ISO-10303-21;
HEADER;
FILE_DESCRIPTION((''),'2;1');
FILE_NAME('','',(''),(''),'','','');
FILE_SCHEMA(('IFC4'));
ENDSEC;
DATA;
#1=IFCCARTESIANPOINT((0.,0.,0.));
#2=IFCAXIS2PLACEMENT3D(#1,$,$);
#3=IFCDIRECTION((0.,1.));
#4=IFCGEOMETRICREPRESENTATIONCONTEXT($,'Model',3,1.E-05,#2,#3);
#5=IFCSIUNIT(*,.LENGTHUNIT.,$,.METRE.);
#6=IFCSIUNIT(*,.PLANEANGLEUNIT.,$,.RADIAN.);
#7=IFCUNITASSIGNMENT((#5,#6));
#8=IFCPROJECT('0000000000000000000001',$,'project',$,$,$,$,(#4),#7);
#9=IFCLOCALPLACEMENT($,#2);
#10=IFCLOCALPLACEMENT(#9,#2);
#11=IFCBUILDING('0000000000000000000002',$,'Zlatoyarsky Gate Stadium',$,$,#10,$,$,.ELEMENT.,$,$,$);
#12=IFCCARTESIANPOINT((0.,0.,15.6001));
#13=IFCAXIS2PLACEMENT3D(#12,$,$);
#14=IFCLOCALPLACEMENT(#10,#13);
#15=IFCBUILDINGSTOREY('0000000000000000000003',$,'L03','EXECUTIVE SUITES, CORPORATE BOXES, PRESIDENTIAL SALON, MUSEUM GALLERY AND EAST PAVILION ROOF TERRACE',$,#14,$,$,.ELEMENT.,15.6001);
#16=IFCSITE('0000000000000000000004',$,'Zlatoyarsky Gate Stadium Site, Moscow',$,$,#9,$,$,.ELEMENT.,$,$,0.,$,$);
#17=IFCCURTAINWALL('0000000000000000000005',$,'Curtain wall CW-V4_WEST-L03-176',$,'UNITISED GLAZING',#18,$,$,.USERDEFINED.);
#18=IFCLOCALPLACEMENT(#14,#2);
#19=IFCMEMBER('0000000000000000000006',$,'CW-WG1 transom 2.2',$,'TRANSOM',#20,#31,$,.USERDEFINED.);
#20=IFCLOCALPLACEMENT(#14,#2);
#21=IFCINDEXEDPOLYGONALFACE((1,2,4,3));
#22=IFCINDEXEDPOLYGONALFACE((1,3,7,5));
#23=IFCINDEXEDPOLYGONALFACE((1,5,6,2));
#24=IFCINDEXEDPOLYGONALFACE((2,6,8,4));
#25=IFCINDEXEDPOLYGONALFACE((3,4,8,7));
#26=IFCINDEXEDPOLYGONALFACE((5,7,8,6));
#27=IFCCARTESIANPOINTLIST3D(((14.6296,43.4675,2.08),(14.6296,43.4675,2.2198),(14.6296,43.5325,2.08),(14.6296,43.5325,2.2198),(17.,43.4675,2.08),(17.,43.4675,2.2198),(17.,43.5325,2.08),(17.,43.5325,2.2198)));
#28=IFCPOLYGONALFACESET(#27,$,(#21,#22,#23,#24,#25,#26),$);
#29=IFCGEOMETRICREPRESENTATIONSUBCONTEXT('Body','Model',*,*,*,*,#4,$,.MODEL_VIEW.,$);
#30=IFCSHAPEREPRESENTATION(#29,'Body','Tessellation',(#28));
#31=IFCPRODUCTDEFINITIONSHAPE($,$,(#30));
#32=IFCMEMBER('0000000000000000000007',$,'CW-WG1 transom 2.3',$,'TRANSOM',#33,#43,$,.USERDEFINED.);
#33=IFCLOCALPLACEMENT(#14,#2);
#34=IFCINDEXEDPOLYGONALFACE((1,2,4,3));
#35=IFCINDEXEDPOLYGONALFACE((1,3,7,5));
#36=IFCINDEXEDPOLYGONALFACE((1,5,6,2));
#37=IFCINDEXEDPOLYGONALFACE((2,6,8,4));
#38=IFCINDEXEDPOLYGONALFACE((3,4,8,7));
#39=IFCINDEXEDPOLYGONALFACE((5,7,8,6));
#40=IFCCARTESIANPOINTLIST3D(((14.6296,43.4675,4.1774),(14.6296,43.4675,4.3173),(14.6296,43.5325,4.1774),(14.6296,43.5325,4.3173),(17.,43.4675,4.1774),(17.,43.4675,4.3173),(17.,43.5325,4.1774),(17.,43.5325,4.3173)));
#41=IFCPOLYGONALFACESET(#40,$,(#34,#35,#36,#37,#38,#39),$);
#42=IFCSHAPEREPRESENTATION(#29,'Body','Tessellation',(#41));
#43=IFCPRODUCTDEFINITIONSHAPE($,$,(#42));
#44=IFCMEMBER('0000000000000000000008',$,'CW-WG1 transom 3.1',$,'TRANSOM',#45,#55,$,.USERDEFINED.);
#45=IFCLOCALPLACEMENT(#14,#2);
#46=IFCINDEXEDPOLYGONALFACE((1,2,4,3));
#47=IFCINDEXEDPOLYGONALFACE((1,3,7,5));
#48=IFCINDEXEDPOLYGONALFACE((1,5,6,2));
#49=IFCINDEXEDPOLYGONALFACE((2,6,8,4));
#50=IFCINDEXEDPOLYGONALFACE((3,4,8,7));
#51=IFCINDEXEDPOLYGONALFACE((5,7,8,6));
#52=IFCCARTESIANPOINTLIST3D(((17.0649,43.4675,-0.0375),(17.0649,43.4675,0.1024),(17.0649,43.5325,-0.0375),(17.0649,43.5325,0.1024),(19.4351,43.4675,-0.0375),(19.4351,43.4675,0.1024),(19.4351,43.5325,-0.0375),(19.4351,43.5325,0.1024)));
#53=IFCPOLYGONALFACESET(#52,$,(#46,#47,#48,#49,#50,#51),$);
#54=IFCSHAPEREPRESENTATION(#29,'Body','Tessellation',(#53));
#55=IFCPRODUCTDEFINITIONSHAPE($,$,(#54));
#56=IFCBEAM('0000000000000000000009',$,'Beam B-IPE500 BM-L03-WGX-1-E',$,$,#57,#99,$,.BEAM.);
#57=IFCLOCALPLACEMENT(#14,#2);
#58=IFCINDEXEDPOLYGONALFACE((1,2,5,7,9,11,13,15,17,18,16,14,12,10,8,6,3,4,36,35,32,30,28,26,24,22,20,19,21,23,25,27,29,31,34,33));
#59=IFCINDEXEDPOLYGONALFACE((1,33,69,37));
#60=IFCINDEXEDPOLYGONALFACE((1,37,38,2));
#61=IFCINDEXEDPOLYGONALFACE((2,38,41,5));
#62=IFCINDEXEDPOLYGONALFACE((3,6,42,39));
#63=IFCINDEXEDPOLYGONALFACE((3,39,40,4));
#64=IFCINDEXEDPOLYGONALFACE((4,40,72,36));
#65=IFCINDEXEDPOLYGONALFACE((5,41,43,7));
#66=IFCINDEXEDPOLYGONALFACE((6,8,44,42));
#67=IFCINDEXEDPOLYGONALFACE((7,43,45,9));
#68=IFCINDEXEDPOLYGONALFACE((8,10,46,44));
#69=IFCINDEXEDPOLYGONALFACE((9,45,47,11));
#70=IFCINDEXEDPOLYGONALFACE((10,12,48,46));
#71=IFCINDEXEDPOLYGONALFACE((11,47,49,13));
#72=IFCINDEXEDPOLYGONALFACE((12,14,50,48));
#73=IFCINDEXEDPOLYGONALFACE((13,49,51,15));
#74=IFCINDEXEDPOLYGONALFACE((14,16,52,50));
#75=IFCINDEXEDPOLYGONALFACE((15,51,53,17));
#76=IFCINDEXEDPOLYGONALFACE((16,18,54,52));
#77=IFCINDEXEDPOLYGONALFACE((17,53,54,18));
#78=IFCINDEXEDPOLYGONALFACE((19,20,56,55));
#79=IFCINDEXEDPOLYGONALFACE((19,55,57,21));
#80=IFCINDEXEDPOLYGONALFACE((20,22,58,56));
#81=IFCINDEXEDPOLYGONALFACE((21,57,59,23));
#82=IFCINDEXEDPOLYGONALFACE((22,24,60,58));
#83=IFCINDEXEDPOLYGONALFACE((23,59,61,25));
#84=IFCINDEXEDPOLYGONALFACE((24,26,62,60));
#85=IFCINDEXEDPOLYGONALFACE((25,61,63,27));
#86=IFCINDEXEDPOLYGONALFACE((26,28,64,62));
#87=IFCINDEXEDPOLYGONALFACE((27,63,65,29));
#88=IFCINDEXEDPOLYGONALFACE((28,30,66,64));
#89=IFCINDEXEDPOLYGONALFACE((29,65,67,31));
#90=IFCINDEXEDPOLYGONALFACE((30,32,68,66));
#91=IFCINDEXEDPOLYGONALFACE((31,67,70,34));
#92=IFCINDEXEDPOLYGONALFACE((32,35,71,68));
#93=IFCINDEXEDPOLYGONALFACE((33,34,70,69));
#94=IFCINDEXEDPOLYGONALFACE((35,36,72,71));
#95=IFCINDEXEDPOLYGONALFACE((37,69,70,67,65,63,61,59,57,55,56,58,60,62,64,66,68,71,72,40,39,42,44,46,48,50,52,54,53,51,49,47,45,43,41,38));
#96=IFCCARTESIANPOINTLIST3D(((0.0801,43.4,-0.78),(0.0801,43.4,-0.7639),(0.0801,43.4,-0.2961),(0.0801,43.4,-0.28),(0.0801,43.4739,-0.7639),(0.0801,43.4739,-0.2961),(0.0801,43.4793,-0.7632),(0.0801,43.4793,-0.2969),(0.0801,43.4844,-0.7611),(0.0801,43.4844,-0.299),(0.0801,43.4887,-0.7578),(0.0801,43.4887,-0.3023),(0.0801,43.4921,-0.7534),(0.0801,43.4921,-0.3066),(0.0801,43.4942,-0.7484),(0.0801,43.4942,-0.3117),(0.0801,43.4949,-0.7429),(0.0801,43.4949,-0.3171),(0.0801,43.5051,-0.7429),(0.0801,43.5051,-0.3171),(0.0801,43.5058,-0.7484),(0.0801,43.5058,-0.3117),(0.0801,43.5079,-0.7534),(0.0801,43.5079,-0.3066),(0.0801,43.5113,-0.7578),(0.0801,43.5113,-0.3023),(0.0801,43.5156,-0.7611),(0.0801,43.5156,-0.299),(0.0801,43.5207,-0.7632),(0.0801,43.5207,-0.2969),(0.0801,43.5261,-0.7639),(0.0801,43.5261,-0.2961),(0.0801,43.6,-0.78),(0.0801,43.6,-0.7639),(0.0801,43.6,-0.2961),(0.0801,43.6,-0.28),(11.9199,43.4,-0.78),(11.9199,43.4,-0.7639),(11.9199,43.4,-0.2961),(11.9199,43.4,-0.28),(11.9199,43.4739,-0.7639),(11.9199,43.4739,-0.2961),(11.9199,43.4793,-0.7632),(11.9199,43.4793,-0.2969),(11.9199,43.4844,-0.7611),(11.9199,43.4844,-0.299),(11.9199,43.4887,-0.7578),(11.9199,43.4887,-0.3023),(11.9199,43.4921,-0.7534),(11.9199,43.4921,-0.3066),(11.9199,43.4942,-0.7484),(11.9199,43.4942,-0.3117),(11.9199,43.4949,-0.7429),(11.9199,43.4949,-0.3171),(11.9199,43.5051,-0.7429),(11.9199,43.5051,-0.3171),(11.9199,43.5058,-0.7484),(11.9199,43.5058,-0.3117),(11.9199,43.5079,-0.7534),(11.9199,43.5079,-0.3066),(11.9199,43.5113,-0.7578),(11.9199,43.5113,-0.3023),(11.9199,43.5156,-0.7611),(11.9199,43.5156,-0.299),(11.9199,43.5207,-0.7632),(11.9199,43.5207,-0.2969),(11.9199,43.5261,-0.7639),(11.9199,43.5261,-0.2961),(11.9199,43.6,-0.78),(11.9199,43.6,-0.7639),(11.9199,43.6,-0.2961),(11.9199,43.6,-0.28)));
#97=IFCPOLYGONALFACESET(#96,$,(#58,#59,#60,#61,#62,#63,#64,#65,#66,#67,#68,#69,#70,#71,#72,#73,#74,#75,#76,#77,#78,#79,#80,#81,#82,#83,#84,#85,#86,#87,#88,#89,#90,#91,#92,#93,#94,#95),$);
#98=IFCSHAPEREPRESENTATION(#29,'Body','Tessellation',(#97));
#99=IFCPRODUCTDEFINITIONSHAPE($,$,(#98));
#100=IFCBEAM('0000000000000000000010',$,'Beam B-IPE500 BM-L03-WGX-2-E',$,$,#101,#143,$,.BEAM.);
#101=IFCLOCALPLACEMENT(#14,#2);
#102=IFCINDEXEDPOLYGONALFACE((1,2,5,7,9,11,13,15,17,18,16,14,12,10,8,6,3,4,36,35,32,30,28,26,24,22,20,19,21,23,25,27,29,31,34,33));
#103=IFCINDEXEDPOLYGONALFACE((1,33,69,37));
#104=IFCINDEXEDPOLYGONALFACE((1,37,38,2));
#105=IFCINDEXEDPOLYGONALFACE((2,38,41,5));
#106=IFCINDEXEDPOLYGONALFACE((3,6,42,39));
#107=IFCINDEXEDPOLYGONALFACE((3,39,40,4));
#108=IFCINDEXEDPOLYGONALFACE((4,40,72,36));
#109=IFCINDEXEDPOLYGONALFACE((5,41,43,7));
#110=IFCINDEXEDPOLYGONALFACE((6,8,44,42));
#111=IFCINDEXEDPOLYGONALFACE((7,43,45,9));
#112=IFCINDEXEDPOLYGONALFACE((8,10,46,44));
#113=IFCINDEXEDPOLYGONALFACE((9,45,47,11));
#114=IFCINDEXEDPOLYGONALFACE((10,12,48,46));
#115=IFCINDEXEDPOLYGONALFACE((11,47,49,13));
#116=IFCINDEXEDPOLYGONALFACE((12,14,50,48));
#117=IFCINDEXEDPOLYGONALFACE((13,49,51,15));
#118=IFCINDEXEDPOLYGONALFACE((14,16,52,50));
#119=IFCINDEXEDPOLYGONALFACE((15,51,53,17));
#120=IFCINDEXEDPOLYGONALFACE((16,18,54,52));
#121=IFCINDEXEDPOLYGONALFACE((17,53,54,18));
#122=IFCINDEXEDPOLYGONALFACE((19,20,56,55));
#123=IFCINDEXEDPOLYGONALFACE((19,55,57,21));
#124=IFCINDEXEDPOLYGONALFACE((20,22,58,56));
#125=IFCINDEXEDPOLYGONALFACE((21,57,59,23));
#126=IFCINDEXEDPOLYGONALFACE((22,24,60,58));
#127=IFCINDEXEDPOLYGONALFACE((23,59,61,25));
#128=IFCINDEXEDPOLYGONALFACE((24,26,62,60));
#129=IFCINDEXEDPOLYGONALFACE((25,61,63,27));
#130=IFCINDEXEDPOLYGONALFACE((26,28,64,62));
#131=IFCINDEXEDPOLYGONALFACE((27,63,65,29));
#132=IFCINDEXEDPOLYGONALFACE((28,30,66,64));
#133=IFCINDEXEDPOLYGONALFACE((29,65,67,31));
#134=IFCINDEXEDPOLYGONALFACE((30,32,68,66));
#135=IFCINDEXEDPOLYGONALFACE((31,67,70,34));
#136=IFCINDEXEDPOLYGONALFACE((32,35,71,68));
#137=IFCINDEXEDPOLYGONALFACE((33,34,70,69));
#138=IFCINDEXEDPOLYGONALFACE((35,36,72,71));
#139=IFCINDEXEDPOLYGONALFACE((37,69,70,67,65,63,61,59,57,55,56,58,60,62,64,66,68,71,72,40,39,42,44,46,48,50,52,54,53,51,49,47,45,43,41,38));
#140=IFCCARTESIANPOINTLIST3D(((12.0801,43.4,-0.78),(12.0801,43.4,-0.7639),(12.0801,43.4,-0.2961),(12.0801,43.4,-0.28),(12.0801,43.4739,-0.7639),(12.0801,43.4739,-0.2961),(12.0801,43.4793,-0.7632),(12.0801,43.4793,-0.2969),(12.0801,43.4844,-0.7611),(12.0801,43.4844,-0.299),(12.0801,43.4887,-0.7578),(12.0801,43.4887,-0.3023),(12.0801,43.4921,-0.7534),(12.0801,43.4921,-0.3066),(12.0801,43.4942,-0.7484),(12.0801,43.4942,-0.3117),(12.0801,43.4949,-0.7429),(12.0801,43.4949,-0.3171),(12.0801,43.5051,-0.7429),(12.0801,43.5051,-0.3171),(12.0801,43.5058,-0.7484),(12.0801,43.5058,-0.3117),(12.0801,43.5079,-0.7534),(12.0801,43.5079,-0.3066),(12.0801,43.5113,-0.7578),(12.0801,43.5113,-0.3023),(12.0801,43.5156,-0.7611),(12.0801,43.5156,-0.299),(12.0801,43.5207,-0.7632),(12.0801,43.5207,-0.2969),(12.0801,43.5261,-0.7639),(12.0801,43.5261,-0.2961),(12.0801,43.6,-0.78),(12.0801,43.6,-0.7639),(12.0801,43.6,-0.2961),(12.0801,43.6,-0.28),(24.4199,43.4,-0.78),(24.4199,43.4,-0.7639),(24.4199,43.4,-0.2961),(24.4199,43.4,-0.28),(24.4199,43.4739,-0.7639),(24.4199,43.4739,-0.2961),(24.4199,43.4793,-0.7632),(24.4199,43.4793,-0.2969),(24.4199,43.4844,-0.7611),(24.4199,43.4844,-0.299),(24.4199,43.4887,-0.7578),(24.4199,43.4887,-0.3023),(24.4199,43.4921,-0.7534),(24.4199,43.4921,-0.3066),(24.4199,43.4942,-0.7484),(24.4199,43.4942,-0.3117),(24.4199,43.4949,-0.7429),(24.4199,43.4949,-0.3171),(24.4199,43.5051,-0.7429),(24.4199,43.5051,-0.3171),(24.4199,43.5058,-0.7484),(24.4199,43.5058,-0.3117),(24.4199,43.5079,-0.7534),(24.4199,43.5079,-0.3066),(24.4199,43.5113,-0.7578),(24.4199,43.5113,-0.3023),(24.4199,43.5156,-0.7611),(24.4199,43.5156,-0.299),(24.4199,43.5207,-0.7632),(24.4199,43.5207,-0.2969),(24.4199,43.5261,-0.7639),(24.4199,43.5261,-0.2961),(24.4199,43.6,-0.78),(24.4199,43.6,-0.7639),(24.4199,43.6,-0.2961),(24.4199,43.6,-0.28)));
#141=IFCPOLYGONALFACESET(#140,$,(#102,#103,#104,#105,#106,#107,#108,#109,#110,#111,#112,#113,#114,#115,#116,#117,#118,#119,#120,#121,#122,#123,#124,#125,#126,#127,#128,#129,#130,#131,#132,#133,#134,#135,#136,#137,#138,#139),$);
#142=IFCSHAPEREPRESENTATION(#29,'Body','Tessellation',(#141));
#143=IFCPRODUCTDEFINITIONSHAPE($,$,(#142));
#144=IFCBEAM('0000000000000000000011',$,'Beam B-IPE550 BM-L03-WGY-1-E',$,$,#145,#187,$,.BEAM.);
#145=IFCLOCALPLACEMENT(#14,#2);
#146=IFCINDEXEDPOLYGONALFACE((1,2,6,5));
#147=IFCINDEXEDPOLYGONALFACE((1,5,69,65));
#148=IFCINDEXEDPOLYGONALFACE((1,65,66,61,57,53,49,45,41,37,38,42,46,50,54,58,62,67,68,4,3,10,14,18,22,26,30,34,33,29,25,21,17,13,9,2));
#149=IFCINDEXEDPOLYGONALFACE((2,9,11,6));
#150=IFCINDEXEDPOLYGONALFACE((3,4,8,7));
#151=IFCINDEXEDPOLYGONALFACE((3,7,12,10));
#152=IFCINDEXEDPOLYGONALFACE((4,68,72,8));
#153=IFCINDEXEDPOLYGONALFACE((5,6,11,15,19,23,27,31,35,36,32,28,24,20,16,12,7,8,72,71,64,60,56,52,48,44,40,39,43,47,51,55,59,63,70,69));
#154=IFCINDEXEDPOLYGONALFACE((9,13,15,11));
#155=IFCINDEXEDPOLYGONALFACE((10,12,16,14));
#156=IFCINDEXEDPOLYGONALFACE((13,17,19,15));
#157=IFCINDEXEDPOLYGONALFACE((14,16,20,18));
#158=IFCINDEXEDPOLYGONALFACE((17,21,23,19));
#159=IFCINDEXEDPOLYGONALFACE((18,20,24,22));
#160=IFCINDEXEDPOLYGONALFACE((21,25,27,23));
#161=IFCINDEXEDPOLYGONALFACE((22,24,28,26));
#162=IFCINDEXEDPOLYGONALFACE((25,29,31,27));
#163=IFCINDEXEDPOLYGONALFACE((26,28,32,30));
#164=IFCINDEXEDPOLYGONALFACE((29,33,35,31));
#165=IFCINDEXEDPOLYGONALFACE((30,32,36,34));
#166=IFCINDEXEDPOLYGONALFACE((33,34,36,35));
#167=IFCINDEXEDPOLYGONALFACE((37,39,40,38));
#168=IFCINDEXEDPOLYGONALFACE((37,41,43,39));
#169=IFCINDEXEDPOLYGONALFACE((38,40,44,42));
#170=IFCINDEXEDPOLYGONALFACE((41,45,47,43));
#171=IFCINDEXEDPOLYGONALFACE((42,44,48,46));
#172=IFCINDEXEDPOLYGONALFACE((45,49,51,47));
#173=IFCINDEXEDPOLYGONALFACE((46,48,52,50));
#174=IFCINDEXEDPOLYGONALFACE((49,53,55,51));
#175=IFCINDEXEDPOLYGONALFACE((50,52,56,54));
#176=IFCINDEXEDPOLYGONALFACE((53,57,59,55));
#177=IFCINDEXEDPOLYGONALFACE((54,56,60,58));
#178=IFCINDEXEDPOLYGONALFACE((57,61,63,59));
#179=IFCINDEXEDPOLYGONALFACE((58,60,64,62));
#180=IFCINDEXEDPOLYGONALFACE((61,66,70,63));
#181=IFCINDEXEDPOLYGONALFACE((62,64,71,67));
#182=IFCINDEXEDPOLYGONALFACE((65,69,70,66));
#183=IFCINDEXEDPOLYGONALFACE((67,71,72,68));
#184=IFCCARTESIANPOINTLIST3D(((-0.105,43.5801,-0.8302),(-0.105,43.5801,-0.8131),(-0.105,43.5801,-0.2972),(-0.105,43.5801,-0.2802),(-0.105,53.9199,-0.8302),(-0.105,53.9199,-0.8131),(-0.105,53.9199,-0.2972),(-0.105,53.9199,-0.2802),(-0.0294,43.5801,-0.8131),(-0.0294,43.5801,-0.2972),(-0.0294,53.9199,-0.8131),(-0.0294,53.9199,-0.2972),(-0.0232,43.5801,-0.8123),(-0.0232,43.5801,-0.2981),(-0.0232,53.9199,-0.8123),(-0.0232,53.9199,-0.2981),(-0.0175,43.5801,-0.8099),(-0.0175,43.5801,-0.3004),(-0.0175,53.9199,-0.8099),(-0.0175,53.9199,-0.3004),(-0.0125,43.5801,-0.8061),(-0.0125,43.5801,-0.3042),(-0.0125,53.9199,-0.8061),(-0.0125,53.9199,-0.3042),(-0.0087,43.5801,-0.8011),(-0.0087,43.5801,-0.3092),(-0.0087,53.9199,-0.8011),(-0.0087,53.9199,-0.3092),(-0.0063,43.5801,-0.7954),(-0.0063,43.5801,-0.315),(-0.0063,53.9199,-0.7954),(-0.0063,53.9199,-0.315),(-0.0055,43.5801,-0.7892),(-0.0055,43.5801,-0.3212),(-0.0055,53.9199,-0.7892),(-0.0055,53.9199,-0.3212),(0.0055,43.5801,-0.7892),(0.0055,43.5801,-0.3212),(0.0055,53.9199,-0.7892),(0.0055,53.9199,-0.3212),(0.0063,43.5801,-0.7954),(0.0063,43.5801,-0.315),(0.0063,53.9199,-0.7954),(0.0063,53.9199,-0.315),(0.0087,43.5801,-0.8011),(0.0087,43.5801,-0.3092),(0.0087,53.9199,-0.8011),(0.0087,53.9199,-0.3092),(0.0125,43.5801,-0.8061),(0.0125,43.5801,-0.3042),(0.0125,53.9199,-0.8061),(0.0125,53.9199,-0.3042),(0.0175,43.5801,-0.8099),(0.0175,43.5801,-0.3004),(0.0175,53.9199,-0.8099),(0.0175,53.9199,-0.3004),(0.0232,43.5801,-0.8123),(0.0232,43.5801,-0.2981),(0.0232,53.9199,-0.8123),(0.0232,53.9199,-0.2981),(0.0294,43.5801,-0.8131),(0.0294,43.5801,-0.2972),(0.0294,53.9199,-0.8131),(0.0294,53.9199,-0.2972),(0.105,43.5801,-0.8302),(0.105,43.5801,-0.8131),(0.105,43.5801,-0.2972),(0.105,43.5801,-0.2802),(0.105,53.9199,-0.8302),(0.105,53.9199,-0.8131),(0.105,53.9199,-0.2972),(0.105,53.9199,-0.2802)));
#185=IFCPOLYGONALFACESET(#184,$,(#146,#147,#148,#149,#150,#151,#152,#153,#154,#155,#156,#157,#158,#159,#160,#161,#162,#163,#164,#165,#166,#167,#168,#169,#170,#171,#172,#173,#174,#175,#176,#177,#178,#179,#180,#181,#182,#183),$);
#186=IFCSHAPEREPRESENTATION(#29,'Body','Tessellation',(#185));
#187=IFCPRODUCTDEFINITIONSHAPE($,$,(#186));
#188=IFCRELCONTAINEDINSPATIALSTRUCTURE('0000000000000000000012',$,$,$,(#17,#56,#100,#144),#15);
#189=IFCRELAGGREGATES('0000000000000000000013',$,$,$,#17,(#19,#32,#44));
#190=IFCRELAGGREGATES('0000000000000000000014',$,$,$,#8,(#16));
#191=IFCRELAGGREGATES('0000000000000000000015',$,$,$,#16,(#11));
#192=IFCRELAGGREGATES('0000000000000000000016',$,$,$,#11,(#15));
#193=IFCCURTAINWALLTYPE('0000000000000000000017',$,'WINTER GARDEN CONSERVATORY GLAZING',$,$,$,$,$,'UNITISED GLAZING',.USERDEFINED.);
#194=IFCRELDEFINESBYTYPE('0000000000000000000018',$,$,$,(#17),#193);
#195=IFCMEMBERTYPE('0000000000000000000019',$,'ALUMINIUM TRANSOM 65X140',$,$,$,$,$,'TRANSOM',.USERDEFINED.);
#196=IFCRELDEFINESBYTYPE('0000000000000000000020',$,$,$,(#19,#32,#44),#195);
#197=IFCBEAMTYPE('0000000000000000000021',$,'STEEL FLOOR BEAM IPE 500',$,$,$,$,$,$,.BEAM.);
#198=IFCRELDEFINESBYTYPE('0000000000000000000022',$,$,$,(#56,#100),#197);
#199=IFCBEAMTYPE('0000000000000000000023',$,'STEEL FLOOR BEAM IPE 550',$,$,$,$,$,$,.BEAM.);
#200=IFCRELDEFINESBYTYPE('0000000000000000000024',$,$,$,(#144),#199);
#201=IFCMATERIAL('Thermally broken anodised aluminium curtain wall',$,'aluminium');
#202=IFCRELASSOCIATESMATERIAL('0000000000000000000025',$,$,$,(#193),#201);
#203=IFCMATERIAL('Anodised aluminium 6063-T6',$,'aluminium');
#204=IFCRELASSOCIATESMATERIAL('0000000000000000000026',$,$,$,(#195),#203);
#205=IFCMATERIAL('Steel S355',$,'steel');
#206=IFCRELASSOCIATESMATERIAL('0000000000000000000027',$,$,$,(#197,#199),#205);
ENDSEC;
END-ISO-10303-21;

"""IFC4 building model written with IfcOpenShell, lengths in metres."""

from ifc_helpers import new_model, si_unit, direction, frame, origin, origin_2d, place, context, subcontext, project, spatial, rectangle, i_section, extrude, material, material_profile, profile_set, type_object, element, aggregate, save


model = new_model("IFC4")

# Units and contexts
model_context = context("Model", 3, precision=1e-05, world=origin(), true_north=direction((0.0, 1.0)))
body_context = subcontext(model_context, "Body", "Model", "MODEL_VIEW")
ifc_project = project(units=[si_unit("LENGTHUNIT", "METRE"), si_unit("PLANEANGLEUNIT", "RADIAN")], contexts=[model_context])

# Site, building, storey
site_placement = place(None, origin())
site = spatial("IfcSite", under=ifc_project, at=site_placement, Name="Zlatoyarsky Gate Stadium Site, Moscow", CompositionType="ELEMENT", RefElevation=0.0)
building_placement = place(site_placement, origin())
building = spatial("IfcBuilding", under=site, at=building_placement, Name="Zlatoyarsky Gate Stadium", CompositionType="ELEMENT")
storey_placement = place(building_placement, frame((0.0, 0.0, 15.6001)))
storey = spatial("IfcBuildingStorey", under=building, at=storey_placement, Name="L03", Description="EXECUTIVE SUITES, CORPORATE BOXES, PRESIDENTIAL SALON, MUSEUM GALLERY AND EAST PAVILION ROOF TERRACE", CompositionType="ELEMENT", Elevation=15.6001)

# Shared definitions
ifc_material_1 = material(Name="Steel S355", Category="steel")

# Curtain wall, members
ifc_material_2 = material(Name="Thermally broken anodised aluminium curtain wall", Category="aluminium")
curtain_wall_type = type_object("IfcCurtainWallType", Name="WINTER GARDEN CONSERVATORY GLAZING", ElementType="UNITISED GLAZING", PredefinedType="USERDEFINED", material=ifc_material_2)
curtain_wall_placement = place(storey_placement, origin())
curtain_wall = element("IfcCurtainWall", 1, at=curtain_wall_placement, inside=storey, type_object=curtain_wall_type, Name="Curtain wall CW-V4_WEST-L03-176", ObjectType="UNITISED GLAZING", PredefinedType="USERDEFINED")
ifc_material_3 = material(Name="Anodised aluminium 6063-T6", Category="aluminium")
ifc_material_profile_1 = material_profile(ifc_material_3, rectangle(XDim=0.0649, YDim=0.1399, at=origin_2d()), Name="ALU 65X140")
ifc_profile_set_1 = profile_set([ifc_material_profile_1], Name="Anodised aluminium 6063-T6")
member_type_1 = type_object("IfcMemberType", Name="ALUMINIUM TRANSOM 65X140", ElementType="TRANSOM", PredefinedType="USERDEFINED", material=ifc_profile_set_1)
member_1_placement = place(storey_placement, frame((14.6296, 43.5, 2.1499), z_axis=(1.0, 0.0, 0.0), x_axis=(0.0, 1.0, 0.0)))
member_1 = element("IfcMember", 2, at=member_1_placement, type_object=member_type_1, Name="CW-WG1 transom 2.2", ObjectType="TRANSOM", PredefinedType="USERDEFINED", context=body_context, shape_type="SweptSolid", body=[
    extrude(rectangle(XDim=0.0649, YDim=0.1399, at=origin_2d()), origin(), (0.0, 0.0, 1.0), 2.3704),
])
member_2_placement = place(storey_placement, frame((14.6296, 43.5, 4.2473), z_axis=(1.0, 0.0, 0.0), x_axis=(0.0, 1.0, 0.0)))
member_2 = element("IfcMember", 3, at=member_2_placement, type_object=member_type_1, Name="CW-WG1 transom 2.3", ObjectType="TRANSOM", PredefinedType="USERDEFINED", context=body_context, shape_type="SweptSolid", body=[
    extrude(rectangle(XDim=0.0649, YDim=0.1399, at=origin_2d()), origin(), (0.0, 0.0, 1.0), 2.3704),
])
member_3_placement = place(storey_placement, frame((17.0649, 43.5, 0.0325), z_axis=(1.0, 0.0, 0.0), x_axis=(0.0, 1.0, 0.0)))
member_3 = element("IfcMember", 4, at=member_3_placement, type_object=member_type_1, Name="CW-WG1 transom 3.1", ObjectType="TRANSOM", PredefinedType="USERDEFINED", context=body_context, shape_type="SweptSolid", body=[
    extrude(rectangle(XDim=0.0649, YDim=0.1399, at=origin_2d()), origin(), (0.0, 0.0, 1.0), 2.3701),
])

# Beams
ifc_material_profile_2 = material_profile(ifc_material_1, i_section(OverallWidth=0.2, OverallDepth=0.5, WebThickness=0.0103, FlangeThickness=0.0161, FilletRadius=0.021, at=origin_2d()), Name="IPE 500")
ifc_profile_set_2 = profile_set([ifc_material_profile_2], Name="Steel S355")
beam_type_1 = type_object("IfcBeamType", Name="STEEL FLOOR BEAM IPE 500", PredefinedType="BEAM", material=ifc_profile_set_2)
beam_1_placement = place(storey_placement, frame((0.0801, 43.5, -0.53), z_axis=(1.0, 0.0, 0.0), x_axis=(0.0, 1.0, 0.0)))
element("IfcBeam", 5, at=beam_1_placement, inside=storey, type_object=beam_type_1, Name="Beam B-IPE500 BM-L03-WGX-1-E", PredefinedType="BEAM", context=body_context, shape_type="SweptSolid", body=[
    extrude(i_section(OverallWidth=0.2, OverallDepth=0.5, WebThickness=0.0103, FlangeThickness=0.0161, FilletRadius=0.021, at=origin_2d()), origin(), (0.0, 0.0, 1.0), 11.8398),
])
beam_2_placement = place(storey_placement, frame((12.0801, 43.5, -0.53), z_axis=(1.0, 0.0, 0.0), x_axis=(0.0, 1.0, 0.0)))
element("IfcBeam", 6, at=beam_2_placement, inside=storey, type_object=beam_type_1, Name="Beam B-IPE500 BM-L03-WGX-2-E", PredefinedType="BEAM", context=body_context, shape_type="SweptSolid", body=[
    extrude(i_section(OverallWidth=0.2, OverallDepth=0.5, WebThickness=0.0103, FlangeThickness=0.0161, FilletRadius=0.021, at=origin_2d()), origin(), (0.0, 0.0, 1.0), 12.3398),
])
ifc_material_profile_3 = material_profile(ifc_material_1, i_section(OverallWidth=0.21, OverallDepth=0.55, WebThickness=0.011, FlangeThickness=0.0171, FilletRadius=0.0239, at=origin_2d()), Name="IPE 550")
ifc_profile_set_3 = profile_set([ifc_material_profile_3], Name="Steel S355")
beam_type_2 = type_object("IfcBeamType", Name="STEEL FLOOR BEAM IPE 550", PredefinedType="BEAM", material=ifc_profile_set_3)
for number, where, z_axis, x_axis, name in (
    (7, (0.0, 43.5801, -0.5552), (0.0, 1.0, 0.0), (-1.0, 0.0, 0.0), "Beam B-IPE550 BM-L03-WGY-1-E"),
):
    element("IfcBeam", number, at=place(storey_placement, frame(where, z_axis=z_axis, x_axis=x_axis)), inside=storey, type_object=beam_type_2, Name=name, PredefinedType="BEAM", context=body_context, shape_type="SweptSolid", body=[
        extrude(i_section(OverallWidth=0.21, OverallDepth=0.55, WebThickness=0.011, FlangeThickness=0.0171, FilletRadius=0.0239, at=origin_2d()), origin(), (0.0, 0.0, 1.0), 10.3398),
    ])

aggregate(curtain_wall, [member_1, member_2, member_3])

save(model, "model.ifc")
